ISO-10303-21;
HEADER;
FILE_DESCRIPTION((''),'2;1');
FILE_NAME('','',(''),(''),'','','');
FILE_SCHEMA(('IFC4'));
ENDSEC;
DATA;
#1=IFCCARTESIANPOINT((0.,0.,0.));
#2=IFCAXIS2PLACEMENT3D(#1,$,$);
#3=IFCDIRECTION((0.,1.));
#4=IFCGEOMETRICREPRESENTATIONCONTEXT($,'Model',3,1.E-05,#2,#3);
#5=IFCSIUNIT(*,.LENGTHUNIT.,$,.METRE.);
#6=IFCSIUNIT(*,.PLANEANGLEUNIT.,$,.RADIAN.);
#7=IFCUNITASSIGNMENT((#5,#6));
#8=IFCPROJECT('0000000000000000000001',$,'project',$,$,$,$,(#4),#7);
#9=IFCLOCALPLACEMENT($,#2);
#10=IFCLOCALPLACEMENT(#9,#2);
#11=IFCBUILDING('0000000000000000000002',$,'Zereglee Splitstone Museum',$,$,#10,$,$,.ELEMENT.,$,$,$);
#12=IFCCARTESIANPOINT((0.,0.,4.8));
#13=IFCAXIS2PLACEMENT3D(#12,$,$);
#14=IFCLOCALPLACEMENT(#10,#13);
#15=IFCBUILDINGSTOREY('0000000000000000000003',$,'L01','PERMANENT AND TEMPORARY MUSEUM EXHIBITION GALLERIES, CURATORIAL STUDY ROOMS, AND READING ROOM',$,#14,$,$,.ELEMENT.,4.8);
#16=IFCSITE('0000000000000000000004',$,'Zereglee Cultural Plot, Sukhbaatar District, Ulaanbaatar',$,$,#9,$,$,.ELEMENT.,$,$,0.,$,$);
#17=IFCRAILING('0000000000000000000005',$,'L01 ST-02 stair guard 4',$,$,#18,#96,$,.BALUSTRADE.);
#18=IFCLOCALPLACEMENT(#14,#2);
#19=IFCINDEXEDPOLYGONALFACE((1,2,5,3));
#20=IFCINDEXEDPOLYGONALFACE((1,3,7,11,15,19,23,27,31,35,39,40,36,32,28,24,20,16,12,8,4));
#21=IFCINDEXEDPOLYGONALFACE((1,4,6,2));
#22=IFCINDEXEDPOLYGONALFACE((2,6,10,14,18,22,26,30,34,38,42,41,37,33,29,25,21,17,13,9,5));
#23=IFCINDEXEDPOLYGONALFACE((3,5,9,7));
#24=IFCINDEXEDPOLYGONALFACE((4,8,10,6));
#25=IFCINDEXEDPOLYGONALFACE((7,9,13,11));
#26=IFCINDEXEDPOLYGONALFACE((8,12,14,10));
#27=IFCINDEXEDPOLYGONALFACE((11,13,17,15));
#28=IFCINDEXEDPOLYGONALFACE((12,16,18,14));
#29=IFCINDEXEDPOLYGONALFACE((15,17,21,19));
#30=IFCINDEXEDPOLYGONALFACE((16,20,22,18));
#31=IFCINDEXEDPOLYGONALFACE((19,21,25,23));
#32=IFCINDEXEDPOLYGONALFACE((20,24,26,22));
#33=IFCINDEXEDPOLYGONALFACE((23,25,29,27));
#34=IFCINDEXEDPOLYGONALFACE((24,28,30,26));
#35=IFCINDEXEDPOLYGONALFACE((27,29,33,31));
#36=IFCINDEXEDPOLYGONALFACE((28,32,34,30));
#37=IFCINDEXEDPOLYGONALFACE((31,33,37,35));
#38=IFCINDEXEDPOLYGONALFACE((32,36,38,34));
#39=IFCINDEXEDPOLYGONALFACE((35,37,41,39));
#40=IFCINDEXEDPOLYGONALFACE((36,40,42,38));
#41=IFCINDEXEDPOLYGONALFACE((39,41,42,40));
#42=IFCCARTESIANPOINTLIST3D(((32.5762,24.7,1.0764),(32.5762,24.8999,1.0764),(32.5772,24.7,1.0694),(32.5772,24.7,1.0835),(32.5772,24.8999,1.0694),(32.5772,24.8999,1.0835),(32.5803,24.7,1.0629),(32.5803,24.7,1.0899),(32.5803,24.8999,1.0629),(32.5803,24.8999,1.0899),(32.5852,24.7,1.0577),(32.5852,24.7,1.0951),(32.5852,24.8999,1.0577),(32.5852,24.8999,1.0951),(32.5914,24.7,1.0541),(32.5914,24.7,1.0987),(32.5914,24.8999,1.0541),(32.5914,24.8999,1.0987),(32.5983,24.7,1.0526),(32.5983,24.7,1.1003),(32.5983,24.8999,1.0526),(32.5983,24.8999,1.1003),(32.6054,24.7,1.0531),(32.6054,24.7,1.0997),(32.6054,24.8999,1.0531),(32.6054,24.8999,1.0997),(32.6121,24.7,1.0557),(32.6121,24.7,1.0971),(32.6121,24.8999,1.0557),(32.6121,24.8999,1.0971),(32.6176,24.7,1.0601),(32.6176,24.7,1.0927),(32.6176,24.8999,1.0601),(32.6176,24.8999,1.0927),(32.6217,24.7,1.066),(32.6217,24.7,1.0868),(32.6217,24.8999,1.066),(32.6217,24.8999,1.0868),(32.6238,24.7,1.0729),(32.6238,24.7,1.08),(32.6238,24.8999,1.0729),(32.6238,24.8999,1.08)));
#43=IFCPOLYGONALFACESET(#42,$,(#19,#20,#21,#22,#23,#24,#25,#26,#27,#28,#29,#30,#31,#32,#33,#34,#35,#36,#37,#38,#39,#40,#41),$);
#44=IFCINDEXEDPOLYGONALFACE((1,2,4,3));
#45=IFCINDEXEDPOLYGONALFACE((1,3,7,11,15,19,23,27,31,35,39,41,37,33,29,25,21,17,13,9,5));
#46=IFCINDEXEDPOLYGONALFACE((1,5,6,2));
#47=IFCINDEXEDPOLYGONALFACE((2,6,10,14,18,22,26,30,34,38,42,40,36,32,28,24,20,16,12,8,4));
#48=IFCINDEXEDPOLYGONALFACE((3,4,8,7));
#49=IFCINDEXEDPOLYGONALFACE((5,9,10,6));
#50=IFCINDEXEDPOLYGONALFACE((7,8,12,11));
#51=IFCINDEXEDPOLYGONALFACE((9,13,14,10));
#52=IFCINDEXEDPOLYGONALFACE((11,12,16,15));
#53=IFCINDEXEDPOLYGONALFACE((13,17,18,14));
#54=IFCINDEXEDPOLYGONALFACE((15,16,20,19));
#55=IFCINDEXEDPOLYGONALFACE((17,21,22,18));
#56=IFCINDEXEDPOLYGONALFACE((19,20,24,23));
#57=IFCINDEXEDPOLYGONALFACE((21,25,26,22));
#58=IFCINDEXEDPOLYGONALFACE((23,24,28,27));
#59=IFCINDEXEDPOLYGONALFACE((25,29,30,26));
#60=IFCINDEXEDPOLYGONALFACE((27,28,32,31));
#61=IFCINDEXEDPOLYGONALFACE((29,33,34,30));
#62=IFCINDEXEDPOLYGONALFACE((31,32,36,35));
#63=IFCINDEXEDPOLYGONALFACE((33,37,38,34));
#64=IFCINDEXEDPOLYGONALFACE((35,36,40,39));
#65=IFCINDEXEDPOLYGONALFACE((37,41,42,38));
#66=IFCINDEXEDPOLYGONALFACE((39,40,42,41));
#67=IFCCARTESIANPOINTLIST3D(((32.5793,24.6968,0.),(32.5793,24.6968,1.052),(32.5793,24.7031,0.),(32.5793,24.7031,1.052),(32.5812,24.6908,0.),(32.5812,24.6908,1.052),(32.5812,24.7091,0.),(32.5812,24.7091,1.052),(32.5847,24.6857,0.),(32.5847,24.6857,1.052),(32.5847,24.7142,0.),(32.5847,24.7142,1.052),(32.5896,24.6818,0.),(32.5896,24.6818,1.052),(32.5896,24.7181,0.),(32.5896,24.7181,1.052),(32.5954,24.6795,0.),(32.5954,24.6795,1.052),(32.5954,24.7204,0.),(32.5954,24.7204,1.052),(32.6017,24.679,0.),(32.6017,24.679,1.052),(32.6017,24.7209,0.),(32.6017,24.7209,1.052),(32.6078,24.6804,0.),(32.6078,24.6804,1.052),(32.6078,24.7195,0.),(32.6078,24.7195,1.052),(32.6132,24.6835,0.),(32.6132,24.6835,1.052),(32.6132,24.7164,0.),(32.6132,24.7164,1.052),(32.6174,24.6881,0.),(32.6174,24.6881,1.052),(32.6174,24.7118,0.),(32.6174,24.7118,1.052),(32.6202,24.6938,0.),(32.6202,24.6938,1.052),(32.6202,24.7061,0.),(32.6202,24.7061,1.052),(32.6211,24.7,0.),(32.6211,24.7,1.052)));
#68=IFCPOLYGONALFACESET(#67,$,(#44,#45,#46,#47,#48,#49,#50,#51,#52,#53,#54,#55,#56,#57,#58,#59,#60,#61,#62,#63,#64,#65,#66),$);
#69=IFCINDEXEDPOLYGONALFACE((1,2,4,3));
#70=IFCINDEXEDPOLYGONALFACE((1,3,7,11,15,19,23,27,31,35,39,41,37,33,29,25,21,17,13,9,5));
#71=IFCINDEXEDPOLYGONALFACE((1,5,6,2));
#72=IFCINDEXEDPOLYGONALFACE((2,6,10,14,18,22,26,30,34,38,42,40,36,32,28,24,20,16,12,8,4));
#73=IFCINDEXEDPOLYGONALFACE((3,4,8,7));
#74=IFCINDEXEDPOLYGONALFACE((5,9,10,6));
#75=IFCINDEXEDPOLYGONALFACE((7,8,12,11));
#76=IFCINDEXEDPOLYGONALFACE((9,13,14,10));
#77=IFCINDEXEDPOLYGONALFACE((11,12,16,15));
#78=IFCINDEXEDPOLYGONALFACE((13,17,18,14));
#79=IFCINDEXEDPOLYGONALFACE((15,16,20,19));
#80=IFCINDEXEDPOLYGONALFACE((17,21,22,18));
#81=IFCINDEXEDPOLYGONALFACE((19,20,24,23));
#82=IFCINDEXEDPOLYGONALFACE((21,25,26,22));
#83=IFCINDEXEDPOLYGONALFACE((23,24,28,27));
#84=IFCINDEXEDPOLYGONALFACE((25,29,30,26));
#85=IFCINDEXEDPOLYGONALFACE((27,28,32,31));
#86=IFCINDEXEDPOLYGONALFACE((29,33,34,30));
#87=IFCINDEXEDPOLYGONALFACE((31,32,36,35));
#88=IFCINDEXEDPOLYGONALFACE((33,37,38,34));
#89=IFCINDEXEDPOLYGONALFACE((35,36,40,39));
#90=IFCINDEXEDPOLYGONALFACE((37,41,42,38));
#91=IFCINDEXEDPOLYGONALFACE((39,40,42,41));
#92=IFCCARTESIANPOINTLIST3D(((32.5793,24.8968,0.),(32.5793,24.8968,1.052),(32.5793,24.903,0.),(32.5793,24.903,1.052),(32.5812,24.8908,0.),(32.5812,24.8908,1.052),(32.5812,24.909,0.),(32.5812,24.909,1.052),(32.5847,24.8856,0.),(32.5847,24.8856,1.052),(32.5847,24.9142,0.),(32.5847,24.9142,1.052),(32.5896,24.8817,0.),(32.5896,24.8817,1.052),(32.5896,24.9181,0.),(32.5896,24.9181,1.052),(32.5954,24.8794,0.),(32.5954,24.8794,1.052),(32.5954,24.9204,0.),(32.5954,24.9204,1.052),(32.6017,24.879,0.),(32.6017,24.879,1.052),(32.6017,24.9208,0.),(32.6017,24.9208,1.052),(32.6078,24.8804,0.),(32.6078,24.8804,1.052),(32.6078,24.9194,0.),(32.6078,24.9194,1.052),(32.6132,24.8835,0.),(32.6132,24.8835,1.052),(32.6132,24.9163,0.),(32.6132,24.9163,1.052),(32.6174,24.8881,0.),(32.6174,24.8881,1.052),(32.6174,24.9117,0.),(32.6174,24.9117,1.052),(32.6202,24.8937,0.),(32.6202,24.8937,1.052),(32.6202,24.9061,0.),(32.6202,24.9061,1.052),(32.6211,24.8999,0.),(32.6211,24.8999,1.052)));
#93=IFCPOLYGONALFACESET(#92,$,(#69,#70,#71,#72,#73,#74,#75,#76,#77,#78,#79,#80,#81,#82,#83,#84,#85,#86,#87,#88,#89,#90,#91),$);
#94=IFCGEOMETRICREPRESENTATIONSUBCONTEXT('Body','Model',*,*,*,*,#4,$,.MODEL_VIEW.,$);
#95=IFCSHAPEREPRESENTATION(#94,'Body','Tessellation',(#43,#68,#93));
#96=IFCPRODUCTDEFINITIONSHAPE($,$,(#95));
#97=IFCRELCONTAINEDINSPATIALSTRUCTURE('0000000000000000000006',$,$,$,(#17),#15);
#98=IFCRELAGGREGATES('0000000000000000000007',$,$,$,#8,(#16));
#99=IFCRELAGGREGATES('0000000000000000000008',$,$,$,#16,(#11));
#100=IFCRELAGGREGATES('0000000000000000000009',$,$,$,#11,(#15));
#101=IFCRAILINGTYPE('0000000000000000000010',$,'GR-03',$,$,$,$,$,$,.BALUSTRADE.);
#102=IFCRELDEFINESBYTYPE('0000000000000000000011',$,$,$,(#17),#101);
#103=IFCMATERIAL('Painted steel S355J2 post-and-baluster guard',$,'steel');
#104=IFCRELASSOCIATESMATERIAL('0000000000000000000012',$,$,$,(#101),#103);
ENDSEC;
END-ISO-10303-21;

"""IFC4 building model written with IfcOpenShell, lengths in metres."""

from ifc_helpers import new_model, si_unit, direction, frame, origin, origin_2d, place, context, subcontext, project, spatial, circle, extrude, material, type_object, element, save


model = new_model("IFC4")

# Units and contexts
model_context = context("Model", 3, precision=1e-05, world=origin(), true_north=direction((0.0, 1.0)))
body_context = subcontext(model_context, "Body", "Model", "MODEL_VIEW")
ifc_project = project(units=[si_unit("LENGTHUNIT", "METRE"), si_unit("PLANEANGLEUNIT", "RADIAN")], contexts=[model_context])

# Site, building, storey
site_placement = place(None, origin())
site = spatial("IfcSite", under=ifc_project, at=site_placement, Name="Zereglee Cultural Plot, Sukhbaatar District, Ulaanbaatar", CompositionType="ELEMENT", RefElevation=0.0)
building_placement = place(site_placement, origin())
building = spatial("IfcBuilding", under=site, at=building_placement, Name="Zereglee Splitstone Museum", CompositionType="ELEMENT")
storey_placement = place(building_placement, frame((0.0, 0.0, 4.8)))
storey = spatial("IfcBuildingStorey", under=building, at=storey_placement, Name="L01", Description="PERMANENT AND TEMPORARY MUSEUM EXHIBITION GALLERIES, CURATORIAL STUDY ROOMS, AND READING ROOM", CompositionType="ELEMENT", Elevation=4.8)

# Railing
ifc_material_1 = material(Name="Painted steel S355J2 post-and-baluster guard", Category="steel")
railing_type_1 = type_object("IfcRailingType", Name="GR-03", PredefinedType="BALUSTRADE", material=ifc_material_1)
railing_1_placement = place(storey_placement, frame((32.6001, 24.7, 0.0)))
element("IfcRailing", 1, at=railing_1_placement, inside=storey, type_object=railing_type_1, Name="L01 ST-02 stair guard 4", PredefinedType="BALUSTRADE", context=body_context, shape_type="SweptSolid", body=[
    extrude(circle(Radius=0.0239, at=origin_2d()), frame((0.0, 0.0, 1.0764), z_axis=(0.0, 1.0, 0.0), x_axis=(-1.0, 0.0, 0.0)), (0.0, 0.0, 1.0), 0.2),
    extrude(circle(Radius=0.021, at=origin_2d()), origin(), (0.0, 0.0, 1.0), 1.052),
    extrude(circle(Radius=0.021, at=origin_2d()), frame((0.0, 0.2, 0.0)), (0.0, 0.0, 1.0), 1.052),
])

save(model, "model.ifc")
